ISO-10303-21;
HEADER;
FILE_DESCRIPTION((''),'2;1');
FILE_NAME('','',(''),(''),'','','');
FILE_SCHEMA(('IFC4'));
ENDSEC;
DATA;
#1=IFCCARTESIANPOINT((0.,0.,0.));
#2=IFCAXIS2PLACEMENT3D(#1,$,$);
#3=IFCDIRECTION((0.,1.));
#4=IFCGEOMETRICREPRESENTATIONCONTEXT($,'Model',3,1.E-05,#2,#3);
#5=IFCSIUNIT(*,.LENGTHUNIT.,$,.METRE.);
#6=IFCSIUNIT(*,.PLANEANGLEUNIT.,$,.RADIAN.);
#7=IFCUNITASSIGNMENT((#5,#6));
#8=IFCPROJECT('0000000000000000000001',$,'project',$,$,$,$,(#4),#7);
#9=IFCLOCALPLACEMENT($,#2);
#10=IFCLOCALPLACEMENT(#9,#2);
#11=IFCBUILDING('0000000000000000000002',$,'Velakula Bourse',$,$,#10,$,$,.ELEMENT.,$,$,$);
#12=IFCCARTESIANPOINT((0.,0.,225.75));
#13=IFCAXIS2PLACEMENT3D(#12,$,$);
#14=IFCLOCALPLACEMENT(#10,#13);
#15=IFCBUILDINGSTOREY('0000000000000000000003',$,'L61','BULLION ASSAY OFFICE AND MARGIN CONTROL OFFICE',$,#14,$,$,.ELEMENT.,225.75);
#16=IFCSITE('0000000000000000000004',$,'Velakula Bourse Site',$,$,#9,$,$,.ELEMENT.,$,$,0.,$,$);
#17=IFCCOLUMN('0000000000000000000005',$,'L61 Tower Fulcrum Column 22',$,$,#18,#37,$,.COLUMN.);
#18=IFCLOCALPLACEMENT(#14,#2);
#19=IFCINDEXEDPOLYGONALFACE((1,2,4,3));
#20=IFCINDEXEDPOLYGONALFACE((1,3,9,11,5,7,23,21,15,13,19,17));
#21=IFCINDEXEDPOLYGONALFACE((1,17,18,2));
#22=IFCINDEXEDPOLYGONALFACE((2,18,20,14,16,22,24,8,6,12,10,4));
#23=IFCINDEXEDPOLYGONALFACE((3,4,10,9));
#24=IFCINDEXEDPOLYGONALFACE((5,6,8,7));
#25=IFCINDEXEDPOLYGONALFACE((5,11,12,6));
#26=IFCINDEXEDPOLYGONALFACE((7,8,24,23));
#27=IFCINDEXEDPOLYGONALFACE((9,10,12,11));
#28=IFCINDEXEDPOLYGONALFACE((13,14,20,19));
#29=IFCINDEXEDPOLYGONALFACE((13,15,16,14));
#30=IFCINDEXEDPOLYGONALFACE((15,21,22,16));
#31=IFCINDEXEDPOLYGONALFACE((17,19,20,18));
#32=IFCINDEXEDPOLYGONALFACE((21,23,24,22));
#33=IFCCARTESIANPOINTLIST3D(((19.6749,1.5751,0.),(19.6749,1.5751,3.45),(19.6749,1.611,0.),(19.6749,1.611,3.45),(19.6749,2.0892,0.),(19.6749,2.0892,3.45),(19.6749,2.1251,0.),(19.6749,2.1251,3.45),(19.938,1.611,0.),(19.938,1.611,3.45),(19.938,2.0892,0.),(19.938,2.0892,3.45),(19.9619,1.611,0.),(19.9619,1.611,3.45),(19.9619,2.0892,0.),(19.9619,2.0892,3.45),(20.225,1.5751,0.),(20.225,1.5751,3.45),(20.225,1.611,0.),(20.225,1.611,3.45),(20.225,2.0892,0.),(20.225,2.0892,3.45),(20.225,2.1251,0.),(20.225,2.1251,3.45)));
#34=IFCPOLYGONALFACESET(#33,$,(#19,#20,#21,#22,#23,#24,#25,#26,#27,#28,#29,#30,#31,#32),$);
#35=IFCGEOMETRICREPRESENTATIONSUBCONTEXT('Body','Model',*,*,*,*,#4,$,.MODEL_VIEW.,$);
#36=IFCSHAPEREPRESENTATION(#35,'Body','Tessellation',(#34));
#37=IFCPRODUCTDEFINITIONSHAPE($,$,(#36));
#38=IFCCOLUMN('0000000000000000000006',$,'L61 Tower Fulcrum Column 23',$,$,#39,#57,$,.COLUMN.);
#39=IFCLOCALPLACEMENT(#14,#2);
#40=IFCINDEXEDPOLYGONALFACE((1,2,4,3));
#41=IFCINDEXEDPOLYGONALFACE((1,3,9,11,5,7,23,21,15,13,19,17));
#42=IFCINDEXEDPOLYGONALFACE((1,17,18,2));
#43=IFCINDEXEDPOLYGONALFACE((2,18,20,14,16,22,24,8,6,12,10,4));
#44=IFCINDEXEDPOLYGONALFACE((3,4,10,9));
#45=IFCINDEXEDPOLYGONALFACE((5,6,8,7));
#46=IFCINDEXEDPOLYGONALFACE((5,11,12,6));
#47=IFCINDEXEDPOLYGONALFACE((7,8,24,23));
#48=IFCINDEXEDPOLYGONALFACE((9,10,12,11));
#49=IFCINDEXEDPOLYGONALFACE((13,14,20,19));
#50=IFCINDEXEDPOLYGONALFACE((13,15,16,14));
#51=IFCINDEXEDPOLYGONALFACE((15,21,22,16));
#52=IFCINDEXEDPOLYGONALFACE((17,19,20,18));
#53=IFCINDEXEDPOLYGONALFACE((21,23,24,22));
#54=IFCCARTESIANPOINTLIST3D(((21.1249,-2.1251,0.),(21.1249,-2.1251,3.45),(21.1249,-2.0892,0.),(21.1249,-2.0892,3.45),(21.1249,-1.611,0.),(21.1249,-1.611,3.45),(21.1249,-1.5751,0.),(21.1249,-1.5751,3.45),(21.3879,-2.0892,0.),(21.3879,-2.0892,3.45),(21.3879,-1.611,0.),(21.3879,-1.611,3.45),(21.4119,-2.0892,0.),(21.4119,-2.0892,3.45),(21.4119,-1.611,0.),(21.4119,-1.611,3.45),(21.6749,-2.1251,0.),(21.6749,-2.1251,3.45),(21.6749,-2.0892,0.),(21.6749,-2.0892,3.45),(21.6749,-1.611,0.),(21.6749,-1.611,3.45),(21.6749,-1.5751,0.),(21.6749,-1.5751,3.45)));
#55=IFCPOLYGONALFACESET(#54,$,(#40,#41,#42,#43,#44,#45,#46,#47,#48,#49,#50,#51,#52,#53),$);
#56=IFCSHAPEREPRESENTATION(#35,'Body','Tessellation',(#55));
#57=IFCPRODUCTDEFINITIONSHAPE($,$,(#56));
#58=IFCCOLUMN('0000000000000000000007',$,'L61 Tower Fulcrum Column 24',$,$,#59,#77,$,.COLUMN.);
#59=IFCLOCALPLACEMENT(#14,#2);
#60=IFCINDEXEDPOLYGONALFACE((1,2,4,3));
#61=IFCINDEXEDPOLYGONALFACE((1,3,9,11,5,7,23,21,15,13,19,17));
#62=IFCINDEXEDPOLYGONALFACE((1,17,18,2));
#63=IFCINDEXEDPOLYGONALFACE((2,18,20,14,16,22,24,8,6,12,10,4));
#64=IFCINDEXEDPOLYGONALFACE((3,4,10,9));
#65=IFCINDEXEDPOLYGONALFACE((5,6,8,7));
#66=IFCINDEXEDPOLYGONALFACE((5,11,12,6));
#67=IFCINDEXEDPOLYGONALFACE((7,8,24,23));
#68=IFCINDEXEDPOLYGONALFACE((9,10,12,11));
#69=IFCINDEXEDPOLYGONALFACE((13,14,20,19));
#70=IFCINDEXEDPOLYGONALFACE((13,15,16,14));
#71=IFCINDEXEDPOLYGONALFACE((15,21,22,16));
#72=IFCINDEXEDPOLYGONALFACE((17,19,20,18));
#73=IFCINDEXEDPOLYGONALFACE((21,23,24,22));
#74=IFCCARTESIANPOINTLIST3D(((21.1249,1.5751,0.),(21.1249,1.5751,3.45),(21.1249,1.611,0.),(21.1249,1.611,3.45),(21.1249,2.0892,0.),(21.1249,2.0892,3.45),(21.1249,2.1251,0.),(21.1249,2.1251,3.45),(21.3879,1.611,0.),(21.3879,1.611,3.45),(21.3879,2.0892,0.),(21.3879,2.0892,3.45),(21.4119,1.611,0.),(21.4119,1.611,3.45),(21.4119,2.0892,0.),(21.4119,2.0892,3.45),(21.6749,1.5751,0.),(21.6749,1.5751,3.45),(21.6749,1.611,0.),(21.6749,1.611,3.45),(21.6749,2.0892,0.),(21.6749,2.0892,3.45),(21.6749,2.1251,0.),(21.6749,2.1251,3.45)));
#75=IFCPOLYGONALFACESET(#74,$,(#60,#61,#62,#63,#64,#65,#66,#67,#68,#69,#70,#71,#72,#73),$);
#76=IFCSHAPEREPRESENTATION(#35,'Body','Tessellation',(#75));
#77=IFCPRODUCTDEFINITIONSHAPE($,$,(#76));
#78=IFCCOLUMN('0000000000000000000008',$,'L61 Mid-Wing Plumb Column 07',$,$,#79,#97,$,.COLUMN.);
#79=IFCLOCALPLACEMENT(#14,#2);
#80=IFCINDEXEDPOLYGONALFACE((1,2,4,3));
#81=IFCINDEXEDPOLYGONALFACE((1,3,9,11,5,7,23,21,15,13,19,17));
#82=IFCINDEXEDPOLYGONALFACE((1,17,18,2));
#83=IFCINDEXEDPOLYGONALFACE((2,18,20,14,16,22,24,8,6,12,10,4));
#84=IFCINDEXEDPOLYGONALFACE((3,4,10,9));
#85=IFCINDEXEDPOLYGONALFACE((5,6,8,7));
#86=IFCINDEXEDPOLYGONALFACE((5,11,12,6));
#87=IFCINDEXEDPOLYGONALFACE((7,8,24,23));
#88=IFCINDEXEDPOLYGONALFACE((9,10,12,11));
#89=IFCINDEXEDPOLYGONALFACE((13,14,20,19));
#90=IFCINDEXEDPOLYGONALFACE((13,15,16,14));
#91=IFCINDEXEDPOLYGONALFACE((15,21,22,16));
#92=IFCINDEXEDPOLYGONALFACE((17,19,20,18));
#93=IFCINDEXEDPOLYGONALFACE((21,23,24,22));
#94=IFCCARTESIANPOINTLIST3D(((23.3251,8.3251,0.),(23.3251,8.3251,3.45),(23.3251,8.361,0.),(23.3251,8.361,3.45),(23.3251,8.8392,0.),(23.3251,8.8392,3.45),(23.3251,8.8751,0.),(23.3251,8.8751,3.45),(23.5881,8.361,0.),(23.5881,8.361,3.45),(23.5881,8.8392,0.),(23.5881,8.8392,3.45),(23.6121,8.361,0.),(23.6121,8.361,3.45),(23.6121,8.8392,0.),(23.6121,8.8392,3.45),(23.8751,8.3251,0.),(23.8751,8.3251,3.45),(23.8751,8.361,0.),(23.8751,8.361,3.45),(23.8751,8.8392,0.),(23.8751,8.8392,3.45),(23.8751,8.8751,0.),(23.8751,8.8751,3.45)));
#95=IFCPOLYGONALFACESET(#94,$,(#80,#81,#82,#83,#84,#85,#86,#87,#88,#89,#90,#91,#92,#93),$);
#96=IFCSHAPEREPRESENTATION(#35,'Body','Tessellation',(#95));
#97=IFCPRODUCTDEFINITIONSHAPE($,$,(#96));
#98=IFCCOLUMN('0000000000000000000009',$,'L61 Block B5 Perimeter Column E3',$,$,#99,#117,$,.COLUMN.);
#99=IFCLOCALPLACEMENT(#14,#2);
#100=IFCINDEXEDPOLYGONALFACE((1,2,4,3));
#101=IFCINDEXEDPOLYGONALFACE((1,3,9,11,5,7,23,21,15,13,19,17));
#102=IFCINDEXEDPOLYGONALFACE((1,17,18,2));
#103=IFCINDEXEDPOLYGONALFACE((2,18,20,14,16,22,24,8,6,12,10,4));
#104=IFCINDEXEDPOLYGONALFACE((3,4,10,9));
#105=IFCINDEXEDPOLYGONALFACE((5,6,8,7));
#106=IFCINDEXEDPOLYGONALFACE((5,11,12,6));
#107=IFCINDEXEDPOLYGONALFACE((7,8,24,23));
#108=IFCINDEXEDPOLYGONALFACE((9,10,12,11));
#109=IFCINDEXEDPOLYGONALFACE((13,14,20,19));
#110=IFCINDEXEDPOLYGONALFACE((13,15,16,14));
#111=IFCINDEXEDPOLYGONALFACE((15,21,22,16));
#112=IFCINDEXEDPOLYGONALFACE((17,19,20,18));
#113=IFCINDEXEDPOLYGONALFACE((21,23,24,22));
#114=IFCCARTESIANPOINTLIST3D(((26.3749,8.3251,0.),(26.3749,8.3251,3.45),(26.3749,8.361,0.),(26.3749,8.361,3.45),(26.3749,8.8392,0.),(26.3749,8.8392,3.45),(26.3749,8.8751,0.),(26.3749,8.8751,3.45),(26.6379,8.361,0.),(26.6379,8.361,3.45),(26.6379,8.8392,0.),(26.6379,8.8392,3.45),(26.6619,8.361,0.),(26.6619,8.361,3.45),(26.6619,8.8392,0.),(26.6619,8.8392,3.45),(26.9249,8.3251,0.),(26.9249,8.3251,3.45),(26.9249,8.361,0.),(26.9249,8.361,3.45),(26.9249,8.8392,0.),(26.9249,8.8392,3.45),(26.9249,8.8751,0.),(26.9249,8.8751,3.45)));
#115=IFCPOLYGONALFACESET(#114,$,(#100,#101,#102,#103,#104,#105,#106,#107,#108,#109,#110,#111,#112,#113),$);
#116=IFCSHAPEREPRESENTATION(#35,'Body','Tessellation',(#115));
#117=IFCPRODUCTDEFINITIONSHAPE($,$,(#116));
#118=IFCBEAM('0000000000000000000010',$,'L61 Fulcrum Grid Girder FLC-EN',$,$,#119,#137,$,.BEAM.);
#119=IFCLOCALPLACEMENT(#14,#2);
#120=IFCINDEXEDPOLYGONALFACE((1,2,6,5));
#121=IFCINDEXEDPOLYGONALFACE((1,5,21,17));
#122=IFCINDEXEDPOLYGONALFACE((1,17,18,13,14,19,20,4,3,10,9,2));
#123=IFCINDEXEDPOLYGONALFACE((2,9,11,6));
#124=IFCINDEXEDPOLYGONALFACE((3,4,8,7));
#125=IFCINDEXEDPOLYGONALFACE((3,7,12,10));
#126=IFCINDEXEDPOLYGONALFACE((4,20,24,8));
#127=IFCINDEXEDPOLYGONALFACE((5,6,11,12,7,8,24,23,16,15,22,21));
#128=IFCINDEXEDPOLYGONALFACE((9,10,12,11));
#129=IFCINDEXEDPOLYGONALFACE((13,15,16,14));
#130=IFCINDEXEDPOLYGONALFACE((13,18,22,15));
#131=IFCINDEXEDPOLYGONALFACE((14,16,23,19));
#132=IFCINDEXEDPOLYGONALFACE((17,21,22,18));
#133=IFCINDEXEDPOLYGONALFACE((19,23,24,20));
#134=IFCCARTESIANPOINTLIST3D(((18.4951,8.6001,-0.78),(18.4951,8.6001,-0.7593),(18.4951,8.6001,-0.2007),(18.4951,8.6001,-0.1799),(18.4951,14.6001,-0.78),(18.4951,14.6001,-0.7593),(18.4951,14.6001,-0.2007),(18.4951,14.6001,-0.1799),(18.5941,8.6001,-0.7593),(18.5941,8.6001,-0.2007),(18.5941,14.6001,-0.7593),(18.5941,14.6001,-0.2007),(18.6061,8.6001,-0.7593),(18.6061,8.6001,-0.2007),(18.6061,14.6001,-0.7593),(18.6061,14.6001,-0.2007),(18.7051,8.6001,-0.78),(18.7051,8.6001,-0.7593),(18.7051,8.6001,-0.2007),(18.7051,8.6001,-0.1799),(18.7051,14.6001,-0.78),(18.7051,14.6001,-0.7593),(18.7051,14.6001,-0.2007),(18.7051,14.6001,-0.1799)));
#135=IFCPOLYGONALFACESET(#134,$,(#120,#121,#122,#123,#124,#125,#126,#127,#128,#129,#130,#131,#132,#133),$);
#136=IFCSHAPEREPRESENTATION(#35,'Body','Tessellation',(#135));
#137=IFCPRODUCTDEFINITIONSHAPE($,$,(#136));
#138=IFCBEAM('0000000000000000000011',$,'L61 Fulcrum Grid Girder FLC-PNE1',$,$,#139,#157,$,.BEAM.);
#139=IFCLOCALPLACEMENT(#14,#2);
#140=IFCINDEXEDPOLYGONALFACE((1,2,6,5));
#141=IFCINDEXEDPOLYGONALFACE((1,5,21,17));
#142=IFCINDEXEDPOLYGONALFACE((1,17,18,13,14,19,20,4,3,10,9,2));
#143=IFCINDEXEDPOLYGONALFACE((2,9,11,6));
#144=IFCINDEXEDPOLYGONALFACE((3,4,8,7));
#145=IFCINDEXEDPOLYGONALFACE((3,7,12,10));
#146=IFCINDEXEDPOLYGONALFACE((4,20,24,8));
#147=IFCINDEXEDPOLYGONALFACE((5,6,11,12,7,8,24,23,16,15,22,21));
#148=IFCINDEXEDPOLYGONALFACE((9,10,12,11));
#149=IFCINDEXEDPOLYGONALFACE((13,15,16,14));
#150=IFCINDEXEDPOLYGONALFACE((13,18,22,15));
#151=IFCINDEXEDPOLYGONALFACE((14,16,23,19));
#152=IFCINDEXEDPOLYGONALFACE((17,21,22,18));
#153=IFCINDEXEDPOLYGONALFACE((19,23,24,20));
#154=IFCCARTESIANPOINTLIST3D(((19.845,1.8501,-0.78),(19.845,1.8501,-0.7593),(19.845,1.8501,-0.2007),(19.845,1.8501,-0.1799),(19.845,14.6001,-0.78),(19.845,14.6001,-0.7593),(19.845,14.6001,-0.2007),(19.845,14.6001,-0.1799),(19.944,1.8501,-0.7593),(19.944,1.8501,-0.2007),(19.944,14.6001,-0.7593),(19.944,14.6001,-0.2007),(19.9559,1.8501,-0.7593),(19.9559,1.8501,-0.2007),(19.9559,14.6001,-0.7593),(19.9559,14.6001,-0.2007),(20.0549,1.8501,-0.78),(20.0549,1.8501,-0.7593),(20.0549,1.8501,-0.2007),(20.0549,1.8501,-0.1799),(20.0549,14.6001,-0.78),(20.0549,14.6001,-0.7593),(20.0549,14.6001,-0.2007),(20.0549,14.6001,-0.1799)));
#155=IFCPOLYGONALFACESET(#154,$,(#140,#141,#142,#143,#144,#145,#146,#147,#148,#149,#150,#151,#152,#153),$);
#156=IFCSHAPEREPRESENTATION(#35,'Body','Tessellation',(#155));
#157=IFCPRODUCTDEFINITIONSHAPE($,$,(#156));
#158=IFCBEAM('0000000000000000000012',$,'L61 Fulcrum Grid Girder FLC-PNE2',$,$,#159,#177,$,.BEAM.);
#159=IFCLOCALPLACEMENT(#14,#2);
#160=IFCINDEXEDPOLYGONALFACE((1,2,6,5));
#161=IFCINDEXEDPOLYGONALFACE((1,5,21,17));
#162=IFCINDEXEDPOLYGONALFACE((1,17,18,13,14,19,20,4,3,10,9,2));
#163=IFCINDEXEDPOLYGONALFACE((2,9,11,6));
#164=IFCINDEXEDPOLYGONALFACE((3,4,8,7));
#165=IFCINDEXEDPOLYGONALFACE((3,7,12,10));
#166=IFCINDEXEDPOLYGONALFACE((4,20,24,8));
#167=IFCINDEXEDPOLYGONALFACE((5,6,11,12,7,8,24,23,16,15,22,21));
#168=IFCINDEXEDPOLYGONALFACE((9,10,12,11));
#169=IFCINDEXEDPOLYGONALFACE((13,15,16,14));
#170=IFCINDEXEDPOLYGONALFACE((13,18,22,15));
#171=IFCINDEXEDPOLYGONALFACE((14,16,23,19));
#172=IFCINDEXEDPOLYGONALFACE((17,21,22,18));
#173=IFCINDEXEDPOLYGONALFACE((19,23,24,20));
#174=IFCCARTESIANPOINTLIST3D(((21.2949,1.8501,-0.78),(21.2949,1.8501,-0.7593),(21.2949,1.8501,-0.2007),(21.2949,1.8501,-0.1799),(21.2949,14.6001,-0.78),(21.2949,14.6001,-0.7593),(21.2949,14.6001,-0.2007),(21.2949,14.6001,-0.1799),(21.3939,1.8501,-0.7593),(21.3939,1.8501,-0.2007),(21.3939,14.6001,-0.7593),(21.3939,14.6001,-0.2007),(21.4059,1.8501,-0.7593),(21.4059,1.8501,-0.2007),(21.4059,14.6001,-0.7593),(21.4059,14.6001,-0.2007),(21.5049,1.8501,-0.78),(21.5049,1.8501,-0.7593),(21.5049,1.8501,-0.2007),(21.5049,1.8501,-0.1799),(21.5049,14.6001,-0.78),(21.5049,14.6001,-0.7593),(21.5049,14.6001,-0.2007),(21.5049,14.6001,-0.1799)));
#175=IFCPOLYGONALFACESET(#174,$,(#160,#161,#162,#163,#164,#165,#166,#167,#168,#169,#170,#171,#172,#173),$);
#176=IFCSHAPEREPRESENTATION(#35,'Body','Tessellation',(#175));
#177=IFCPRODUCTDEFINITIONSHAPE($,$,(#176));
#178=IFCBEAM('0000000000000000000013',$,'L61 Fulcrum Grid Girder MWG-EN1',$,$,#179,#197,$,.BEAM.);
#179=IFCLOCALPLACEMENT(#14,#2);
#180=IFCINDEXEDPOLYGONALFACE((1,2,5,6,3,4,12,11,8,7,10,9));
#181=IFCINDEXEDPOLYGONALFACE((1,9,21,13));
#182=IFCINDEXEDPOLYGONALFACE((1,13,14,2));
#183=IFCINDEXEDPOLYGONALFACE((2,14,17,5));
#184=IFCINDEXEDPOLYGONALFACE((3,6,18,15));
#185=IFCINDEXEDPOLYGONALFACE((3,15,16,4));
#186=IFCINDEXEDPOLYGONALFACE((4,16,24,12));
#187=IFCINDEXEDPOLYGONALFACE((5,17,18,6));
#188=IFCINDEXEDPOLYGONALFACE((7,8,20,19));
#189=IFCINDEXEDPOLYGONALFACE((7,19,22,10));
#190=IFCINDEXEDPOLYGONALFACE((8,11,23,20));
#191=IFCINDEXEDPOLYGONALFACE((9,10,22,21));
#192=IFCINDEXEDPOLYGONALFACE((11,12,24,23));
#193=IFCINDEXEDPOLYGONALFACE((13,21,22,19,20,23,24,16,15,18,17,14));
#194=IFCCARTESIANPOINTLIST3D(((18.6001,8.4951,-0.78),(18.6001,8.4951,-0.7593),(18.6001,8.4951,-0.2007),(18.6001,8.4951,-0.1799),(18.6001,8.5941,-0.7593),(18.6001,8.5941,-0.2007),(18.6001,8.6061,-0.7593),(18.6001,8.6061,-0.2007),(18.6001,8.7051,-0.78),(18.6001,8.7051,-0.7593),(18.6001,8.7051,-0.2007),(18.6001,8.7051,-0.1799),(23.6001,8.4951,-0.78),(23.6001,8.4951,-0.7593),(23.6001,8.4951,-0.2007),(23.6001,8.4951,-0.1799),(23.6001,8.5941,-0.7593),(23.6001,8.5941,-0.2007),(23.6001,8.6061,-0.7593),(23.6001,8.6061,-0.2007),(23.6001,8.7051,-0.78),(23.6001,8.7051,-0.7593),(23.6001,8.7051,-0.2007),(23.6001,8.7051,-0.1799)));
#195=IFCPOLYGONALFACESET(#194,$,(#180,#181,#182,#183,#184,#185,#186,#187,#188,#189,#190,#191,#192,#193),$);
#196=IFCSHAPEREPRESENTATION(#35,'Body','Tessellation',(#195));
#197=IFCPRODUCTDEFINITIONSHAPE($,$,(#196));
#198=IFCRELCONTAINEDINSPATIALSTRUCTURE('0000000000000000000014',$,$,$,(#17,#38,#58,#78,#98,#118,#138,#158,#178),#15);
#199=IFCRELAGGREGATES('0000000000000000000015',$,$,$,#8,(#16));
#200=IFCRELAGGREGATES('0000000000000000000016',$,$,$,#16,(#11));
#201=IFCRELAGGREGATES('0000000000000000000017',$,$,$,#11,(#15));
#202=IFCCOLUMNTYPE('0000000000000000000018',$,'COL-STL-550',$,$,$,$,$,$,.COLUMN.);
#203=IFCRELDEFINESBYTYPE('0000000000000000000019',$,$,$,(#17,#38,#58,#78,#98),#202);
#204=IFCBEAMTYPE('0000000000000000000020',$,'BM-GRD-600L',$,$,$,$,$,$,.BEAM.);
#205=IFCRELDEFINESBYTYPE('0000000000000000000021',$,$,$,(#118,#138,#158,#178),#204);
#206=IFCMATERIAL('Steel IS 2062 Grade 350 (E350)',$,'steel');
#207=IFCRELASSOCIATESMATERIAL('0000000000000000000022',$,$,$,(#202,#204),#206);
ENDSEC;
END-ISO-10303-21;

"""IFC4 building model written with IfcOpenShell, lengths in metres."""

from ifc_helpers import new_model, si_unit, direction, frame, origin, origin_2d, place, context, subcontext, project, spatial, i_section, extrude, material, material_profile, profile_set, type_object, element, save


model = new_model("IFC4")

# Units and contexts
model_context = context("Model", 3, precision=1e-05, world=origin(), true_north=direction((0.0, 1.0)))
body_context = subcontext(model_context, "Body", "Model", "MODEL_VIEW")
ifc_project = project(units=[si_unit("LENGTHUNIT", "METRE"), si_unit("PLANEANGLEUNIT", "RADIAN")], contexts=[model_context])

# Site, building, storey
site_placement = place(None, origin())
site = spatial("IfcSite", under=ifc_project, at=site_placement, Name="Velakula Bourse Site", CompositionType="ELEMENT", RefElevation=0.0)
building_placement = place(site_placement, origin())
building = spatial("IfcBuilding", under=site, at=building_placement, Name="Velakula Bourse", CompositionType="ELEMENT")
storey_placement = place(building_placement, frame((0.0, 0.0, 225.75)))
storey = spatial("IfcBuildingStorey", under=building, at=storey_placement, Name="L61", Description="BULLION ASSAY OFFICE AND MARGIN CONTROL OFFICE", CompositionType="ELEMENT", Elevation=225.75)

# Columns
ifc_material_1 = material(Name="Steel IS 2062 Grade 350 (E350)", Category="steel")
ifc_material_profile_1 = material_profile(ifc_material_1, i_section(OverallWidth=0.55, OverallDepth=0.55, WebThickness=0.0239, FlangeThickness=0.0359, at=origin_2d()), Name="Steel IS 2062 Grade 350 (E350)")
ifc_profile_set_1 = profile_set([ifc_material_profile_1], Name="Steel IS 2062 Grade 350 (E350)")
column_type = type_object("IfcColumnType", Name="COL-STL-550", PredefinedType="COLUMN", material=ifc_profile_set_1)
for number, where, z_axis, x_axis, name in (
    (1, (19.95, 1.8501, 0.0), (0.0, 0.0, 1.0), (1.0, 0.0, 0.0), "L61 Tower Fulcrum Column 22"),
    (2, (21.3999, -1.8501, 0.0), (0.0, 0.0, 1.0), (1.0, 0.0, 0.0), "L61 Tower Fulcrum Column 23"),
    (3, (21.3999, 1.8501, 0.0), (0.0, 0.0, 1.0), (1.0, 0.0, 0.0), "L61 Tower Fulcrum Column 24"),
    (4, (23.6001, 8.6001, 0.0), (0.0, 0.0, 1.0), (1.0, 0.0, 0.0), "L61 Mid-Wing Plumb Column 07"),
    (5, (26.6499, 8.6001, 0.0), (0.0, 0.0, 1.0), (1.0, 0.0, 0.0), "L61 Block B5 Perimeter Column E3"),
):
    element("IfcColumn", number, at=place(storey_placement, frame(where, z_axis=z_axis, x_axis=x_axis)), inside=storey, type_object=column_type, Name=name, PredefinedType="COLUMN", context=body_context, shape_type="SweptSolid", body=[
        extrude(i_section(OverallWidth=0.55, OverallDepth=0.55, WebThickness=0.0239, FlangeThickness=0.0359, at=origin_2d()), origin(), (0.0, 0.0, 1.0), 3.45),
    ])

# Beams
ifc_material_profile_2 = material_profile(ifc_material_1, i_section(OverallWidth=0.21, OverallDepth=0.6001, WebThickness=0.012, FlangeThickness=0.0208, at=origin_2d()), Name="Steel IS 2062 Grade 350 (E350)")
ifc_profile_set_2 = profile_set([ifc_material_profile_2], Name="Steel IS 2062 Grade 350 (E350)")
beam_type_1 = type_object("IfcBeamType", Name="BM-GRD-600L", PredefinedType="BEAM", material=ifc_profile_set_2)
beam_1_placement = place(storey_placement, frame((18.6001, 8.6001, -0.48), z_axis=(0.0, 1.0, 0.0), x_axis=(-1.0, 0.0, 0.0)))
element("IfcBeam", 6, at=beam_1_placement, inside=storey, type_object=beam_type_1, Name="L61 Fulcrum Grid Girder FLC-EN", PredefinedType="BEAM", context=body_context, shape_type="SweptSolid", body=[
    extrude(i_section(OverallWidth=0.21, OverallDepth=0.6001, WebThickness=0.012, FlangeThickness=0.0208, at=origin_2d()), origin(), (0.0, 0.0, 1.0), 6.0),
])
for number, where, z_axis, x_axis, name in (
    (7, (19.95, 1.8501, -0.48), (0.0, 1.0, 0.0), (-1.0, 0.0, 0.0), "L61 Fulcrum Grid Girder FLC-PNE1"),
    (8, (21.3999, 1.8501, -0.48), (0.0, 1.0, 0.0), (-1.0, 0.0, 0.0), "L61 Fulcrum Grid Girder FLC-PNE2"),
):
    element("IfcBeam", number, at=place(storey_placement, frame(where, z_axis=z_axis, x_axis=x_axis)), inside=storey, type_object=beam_type_1, Name=name, PredefinedType="BEAM", context=body_context, shape_type="SweptSolid", body=[
        extrude(i_section(OverallWidth=0.21, OverallDepth=0.6001, WebThickness=0.012, FlangeThickness=0.0208, at=origin_2d()), origin(), (0.0, 0.0, 1.0), 12.75),
    ])
beam_2_placement = place(storey_placement, frame((18.6001, 8.6001, -0.48), z_axis=(1.0, 0.0, 0.0), x_axis=(0.0, 1.0, 0.0)))
element("IfcBeam", 9, at=beam_2_placement, inside=storey, type_object=beam_type_1, Name="L61 Fulcrum Grid Girder MWG-EN1", PredefinedType="BEAM", context=body_context, shape_type="SweptSolid", body=[
    extrude(i_section(OverallWidth=0.21, OverallDepth=0.6001, WebThickness=0.012, FlangeThickness=0.0208, at=origin_2d()), origin(), (0.0, 0.0, 1.0), 5.0),
])

save(model, "model.ifc")
